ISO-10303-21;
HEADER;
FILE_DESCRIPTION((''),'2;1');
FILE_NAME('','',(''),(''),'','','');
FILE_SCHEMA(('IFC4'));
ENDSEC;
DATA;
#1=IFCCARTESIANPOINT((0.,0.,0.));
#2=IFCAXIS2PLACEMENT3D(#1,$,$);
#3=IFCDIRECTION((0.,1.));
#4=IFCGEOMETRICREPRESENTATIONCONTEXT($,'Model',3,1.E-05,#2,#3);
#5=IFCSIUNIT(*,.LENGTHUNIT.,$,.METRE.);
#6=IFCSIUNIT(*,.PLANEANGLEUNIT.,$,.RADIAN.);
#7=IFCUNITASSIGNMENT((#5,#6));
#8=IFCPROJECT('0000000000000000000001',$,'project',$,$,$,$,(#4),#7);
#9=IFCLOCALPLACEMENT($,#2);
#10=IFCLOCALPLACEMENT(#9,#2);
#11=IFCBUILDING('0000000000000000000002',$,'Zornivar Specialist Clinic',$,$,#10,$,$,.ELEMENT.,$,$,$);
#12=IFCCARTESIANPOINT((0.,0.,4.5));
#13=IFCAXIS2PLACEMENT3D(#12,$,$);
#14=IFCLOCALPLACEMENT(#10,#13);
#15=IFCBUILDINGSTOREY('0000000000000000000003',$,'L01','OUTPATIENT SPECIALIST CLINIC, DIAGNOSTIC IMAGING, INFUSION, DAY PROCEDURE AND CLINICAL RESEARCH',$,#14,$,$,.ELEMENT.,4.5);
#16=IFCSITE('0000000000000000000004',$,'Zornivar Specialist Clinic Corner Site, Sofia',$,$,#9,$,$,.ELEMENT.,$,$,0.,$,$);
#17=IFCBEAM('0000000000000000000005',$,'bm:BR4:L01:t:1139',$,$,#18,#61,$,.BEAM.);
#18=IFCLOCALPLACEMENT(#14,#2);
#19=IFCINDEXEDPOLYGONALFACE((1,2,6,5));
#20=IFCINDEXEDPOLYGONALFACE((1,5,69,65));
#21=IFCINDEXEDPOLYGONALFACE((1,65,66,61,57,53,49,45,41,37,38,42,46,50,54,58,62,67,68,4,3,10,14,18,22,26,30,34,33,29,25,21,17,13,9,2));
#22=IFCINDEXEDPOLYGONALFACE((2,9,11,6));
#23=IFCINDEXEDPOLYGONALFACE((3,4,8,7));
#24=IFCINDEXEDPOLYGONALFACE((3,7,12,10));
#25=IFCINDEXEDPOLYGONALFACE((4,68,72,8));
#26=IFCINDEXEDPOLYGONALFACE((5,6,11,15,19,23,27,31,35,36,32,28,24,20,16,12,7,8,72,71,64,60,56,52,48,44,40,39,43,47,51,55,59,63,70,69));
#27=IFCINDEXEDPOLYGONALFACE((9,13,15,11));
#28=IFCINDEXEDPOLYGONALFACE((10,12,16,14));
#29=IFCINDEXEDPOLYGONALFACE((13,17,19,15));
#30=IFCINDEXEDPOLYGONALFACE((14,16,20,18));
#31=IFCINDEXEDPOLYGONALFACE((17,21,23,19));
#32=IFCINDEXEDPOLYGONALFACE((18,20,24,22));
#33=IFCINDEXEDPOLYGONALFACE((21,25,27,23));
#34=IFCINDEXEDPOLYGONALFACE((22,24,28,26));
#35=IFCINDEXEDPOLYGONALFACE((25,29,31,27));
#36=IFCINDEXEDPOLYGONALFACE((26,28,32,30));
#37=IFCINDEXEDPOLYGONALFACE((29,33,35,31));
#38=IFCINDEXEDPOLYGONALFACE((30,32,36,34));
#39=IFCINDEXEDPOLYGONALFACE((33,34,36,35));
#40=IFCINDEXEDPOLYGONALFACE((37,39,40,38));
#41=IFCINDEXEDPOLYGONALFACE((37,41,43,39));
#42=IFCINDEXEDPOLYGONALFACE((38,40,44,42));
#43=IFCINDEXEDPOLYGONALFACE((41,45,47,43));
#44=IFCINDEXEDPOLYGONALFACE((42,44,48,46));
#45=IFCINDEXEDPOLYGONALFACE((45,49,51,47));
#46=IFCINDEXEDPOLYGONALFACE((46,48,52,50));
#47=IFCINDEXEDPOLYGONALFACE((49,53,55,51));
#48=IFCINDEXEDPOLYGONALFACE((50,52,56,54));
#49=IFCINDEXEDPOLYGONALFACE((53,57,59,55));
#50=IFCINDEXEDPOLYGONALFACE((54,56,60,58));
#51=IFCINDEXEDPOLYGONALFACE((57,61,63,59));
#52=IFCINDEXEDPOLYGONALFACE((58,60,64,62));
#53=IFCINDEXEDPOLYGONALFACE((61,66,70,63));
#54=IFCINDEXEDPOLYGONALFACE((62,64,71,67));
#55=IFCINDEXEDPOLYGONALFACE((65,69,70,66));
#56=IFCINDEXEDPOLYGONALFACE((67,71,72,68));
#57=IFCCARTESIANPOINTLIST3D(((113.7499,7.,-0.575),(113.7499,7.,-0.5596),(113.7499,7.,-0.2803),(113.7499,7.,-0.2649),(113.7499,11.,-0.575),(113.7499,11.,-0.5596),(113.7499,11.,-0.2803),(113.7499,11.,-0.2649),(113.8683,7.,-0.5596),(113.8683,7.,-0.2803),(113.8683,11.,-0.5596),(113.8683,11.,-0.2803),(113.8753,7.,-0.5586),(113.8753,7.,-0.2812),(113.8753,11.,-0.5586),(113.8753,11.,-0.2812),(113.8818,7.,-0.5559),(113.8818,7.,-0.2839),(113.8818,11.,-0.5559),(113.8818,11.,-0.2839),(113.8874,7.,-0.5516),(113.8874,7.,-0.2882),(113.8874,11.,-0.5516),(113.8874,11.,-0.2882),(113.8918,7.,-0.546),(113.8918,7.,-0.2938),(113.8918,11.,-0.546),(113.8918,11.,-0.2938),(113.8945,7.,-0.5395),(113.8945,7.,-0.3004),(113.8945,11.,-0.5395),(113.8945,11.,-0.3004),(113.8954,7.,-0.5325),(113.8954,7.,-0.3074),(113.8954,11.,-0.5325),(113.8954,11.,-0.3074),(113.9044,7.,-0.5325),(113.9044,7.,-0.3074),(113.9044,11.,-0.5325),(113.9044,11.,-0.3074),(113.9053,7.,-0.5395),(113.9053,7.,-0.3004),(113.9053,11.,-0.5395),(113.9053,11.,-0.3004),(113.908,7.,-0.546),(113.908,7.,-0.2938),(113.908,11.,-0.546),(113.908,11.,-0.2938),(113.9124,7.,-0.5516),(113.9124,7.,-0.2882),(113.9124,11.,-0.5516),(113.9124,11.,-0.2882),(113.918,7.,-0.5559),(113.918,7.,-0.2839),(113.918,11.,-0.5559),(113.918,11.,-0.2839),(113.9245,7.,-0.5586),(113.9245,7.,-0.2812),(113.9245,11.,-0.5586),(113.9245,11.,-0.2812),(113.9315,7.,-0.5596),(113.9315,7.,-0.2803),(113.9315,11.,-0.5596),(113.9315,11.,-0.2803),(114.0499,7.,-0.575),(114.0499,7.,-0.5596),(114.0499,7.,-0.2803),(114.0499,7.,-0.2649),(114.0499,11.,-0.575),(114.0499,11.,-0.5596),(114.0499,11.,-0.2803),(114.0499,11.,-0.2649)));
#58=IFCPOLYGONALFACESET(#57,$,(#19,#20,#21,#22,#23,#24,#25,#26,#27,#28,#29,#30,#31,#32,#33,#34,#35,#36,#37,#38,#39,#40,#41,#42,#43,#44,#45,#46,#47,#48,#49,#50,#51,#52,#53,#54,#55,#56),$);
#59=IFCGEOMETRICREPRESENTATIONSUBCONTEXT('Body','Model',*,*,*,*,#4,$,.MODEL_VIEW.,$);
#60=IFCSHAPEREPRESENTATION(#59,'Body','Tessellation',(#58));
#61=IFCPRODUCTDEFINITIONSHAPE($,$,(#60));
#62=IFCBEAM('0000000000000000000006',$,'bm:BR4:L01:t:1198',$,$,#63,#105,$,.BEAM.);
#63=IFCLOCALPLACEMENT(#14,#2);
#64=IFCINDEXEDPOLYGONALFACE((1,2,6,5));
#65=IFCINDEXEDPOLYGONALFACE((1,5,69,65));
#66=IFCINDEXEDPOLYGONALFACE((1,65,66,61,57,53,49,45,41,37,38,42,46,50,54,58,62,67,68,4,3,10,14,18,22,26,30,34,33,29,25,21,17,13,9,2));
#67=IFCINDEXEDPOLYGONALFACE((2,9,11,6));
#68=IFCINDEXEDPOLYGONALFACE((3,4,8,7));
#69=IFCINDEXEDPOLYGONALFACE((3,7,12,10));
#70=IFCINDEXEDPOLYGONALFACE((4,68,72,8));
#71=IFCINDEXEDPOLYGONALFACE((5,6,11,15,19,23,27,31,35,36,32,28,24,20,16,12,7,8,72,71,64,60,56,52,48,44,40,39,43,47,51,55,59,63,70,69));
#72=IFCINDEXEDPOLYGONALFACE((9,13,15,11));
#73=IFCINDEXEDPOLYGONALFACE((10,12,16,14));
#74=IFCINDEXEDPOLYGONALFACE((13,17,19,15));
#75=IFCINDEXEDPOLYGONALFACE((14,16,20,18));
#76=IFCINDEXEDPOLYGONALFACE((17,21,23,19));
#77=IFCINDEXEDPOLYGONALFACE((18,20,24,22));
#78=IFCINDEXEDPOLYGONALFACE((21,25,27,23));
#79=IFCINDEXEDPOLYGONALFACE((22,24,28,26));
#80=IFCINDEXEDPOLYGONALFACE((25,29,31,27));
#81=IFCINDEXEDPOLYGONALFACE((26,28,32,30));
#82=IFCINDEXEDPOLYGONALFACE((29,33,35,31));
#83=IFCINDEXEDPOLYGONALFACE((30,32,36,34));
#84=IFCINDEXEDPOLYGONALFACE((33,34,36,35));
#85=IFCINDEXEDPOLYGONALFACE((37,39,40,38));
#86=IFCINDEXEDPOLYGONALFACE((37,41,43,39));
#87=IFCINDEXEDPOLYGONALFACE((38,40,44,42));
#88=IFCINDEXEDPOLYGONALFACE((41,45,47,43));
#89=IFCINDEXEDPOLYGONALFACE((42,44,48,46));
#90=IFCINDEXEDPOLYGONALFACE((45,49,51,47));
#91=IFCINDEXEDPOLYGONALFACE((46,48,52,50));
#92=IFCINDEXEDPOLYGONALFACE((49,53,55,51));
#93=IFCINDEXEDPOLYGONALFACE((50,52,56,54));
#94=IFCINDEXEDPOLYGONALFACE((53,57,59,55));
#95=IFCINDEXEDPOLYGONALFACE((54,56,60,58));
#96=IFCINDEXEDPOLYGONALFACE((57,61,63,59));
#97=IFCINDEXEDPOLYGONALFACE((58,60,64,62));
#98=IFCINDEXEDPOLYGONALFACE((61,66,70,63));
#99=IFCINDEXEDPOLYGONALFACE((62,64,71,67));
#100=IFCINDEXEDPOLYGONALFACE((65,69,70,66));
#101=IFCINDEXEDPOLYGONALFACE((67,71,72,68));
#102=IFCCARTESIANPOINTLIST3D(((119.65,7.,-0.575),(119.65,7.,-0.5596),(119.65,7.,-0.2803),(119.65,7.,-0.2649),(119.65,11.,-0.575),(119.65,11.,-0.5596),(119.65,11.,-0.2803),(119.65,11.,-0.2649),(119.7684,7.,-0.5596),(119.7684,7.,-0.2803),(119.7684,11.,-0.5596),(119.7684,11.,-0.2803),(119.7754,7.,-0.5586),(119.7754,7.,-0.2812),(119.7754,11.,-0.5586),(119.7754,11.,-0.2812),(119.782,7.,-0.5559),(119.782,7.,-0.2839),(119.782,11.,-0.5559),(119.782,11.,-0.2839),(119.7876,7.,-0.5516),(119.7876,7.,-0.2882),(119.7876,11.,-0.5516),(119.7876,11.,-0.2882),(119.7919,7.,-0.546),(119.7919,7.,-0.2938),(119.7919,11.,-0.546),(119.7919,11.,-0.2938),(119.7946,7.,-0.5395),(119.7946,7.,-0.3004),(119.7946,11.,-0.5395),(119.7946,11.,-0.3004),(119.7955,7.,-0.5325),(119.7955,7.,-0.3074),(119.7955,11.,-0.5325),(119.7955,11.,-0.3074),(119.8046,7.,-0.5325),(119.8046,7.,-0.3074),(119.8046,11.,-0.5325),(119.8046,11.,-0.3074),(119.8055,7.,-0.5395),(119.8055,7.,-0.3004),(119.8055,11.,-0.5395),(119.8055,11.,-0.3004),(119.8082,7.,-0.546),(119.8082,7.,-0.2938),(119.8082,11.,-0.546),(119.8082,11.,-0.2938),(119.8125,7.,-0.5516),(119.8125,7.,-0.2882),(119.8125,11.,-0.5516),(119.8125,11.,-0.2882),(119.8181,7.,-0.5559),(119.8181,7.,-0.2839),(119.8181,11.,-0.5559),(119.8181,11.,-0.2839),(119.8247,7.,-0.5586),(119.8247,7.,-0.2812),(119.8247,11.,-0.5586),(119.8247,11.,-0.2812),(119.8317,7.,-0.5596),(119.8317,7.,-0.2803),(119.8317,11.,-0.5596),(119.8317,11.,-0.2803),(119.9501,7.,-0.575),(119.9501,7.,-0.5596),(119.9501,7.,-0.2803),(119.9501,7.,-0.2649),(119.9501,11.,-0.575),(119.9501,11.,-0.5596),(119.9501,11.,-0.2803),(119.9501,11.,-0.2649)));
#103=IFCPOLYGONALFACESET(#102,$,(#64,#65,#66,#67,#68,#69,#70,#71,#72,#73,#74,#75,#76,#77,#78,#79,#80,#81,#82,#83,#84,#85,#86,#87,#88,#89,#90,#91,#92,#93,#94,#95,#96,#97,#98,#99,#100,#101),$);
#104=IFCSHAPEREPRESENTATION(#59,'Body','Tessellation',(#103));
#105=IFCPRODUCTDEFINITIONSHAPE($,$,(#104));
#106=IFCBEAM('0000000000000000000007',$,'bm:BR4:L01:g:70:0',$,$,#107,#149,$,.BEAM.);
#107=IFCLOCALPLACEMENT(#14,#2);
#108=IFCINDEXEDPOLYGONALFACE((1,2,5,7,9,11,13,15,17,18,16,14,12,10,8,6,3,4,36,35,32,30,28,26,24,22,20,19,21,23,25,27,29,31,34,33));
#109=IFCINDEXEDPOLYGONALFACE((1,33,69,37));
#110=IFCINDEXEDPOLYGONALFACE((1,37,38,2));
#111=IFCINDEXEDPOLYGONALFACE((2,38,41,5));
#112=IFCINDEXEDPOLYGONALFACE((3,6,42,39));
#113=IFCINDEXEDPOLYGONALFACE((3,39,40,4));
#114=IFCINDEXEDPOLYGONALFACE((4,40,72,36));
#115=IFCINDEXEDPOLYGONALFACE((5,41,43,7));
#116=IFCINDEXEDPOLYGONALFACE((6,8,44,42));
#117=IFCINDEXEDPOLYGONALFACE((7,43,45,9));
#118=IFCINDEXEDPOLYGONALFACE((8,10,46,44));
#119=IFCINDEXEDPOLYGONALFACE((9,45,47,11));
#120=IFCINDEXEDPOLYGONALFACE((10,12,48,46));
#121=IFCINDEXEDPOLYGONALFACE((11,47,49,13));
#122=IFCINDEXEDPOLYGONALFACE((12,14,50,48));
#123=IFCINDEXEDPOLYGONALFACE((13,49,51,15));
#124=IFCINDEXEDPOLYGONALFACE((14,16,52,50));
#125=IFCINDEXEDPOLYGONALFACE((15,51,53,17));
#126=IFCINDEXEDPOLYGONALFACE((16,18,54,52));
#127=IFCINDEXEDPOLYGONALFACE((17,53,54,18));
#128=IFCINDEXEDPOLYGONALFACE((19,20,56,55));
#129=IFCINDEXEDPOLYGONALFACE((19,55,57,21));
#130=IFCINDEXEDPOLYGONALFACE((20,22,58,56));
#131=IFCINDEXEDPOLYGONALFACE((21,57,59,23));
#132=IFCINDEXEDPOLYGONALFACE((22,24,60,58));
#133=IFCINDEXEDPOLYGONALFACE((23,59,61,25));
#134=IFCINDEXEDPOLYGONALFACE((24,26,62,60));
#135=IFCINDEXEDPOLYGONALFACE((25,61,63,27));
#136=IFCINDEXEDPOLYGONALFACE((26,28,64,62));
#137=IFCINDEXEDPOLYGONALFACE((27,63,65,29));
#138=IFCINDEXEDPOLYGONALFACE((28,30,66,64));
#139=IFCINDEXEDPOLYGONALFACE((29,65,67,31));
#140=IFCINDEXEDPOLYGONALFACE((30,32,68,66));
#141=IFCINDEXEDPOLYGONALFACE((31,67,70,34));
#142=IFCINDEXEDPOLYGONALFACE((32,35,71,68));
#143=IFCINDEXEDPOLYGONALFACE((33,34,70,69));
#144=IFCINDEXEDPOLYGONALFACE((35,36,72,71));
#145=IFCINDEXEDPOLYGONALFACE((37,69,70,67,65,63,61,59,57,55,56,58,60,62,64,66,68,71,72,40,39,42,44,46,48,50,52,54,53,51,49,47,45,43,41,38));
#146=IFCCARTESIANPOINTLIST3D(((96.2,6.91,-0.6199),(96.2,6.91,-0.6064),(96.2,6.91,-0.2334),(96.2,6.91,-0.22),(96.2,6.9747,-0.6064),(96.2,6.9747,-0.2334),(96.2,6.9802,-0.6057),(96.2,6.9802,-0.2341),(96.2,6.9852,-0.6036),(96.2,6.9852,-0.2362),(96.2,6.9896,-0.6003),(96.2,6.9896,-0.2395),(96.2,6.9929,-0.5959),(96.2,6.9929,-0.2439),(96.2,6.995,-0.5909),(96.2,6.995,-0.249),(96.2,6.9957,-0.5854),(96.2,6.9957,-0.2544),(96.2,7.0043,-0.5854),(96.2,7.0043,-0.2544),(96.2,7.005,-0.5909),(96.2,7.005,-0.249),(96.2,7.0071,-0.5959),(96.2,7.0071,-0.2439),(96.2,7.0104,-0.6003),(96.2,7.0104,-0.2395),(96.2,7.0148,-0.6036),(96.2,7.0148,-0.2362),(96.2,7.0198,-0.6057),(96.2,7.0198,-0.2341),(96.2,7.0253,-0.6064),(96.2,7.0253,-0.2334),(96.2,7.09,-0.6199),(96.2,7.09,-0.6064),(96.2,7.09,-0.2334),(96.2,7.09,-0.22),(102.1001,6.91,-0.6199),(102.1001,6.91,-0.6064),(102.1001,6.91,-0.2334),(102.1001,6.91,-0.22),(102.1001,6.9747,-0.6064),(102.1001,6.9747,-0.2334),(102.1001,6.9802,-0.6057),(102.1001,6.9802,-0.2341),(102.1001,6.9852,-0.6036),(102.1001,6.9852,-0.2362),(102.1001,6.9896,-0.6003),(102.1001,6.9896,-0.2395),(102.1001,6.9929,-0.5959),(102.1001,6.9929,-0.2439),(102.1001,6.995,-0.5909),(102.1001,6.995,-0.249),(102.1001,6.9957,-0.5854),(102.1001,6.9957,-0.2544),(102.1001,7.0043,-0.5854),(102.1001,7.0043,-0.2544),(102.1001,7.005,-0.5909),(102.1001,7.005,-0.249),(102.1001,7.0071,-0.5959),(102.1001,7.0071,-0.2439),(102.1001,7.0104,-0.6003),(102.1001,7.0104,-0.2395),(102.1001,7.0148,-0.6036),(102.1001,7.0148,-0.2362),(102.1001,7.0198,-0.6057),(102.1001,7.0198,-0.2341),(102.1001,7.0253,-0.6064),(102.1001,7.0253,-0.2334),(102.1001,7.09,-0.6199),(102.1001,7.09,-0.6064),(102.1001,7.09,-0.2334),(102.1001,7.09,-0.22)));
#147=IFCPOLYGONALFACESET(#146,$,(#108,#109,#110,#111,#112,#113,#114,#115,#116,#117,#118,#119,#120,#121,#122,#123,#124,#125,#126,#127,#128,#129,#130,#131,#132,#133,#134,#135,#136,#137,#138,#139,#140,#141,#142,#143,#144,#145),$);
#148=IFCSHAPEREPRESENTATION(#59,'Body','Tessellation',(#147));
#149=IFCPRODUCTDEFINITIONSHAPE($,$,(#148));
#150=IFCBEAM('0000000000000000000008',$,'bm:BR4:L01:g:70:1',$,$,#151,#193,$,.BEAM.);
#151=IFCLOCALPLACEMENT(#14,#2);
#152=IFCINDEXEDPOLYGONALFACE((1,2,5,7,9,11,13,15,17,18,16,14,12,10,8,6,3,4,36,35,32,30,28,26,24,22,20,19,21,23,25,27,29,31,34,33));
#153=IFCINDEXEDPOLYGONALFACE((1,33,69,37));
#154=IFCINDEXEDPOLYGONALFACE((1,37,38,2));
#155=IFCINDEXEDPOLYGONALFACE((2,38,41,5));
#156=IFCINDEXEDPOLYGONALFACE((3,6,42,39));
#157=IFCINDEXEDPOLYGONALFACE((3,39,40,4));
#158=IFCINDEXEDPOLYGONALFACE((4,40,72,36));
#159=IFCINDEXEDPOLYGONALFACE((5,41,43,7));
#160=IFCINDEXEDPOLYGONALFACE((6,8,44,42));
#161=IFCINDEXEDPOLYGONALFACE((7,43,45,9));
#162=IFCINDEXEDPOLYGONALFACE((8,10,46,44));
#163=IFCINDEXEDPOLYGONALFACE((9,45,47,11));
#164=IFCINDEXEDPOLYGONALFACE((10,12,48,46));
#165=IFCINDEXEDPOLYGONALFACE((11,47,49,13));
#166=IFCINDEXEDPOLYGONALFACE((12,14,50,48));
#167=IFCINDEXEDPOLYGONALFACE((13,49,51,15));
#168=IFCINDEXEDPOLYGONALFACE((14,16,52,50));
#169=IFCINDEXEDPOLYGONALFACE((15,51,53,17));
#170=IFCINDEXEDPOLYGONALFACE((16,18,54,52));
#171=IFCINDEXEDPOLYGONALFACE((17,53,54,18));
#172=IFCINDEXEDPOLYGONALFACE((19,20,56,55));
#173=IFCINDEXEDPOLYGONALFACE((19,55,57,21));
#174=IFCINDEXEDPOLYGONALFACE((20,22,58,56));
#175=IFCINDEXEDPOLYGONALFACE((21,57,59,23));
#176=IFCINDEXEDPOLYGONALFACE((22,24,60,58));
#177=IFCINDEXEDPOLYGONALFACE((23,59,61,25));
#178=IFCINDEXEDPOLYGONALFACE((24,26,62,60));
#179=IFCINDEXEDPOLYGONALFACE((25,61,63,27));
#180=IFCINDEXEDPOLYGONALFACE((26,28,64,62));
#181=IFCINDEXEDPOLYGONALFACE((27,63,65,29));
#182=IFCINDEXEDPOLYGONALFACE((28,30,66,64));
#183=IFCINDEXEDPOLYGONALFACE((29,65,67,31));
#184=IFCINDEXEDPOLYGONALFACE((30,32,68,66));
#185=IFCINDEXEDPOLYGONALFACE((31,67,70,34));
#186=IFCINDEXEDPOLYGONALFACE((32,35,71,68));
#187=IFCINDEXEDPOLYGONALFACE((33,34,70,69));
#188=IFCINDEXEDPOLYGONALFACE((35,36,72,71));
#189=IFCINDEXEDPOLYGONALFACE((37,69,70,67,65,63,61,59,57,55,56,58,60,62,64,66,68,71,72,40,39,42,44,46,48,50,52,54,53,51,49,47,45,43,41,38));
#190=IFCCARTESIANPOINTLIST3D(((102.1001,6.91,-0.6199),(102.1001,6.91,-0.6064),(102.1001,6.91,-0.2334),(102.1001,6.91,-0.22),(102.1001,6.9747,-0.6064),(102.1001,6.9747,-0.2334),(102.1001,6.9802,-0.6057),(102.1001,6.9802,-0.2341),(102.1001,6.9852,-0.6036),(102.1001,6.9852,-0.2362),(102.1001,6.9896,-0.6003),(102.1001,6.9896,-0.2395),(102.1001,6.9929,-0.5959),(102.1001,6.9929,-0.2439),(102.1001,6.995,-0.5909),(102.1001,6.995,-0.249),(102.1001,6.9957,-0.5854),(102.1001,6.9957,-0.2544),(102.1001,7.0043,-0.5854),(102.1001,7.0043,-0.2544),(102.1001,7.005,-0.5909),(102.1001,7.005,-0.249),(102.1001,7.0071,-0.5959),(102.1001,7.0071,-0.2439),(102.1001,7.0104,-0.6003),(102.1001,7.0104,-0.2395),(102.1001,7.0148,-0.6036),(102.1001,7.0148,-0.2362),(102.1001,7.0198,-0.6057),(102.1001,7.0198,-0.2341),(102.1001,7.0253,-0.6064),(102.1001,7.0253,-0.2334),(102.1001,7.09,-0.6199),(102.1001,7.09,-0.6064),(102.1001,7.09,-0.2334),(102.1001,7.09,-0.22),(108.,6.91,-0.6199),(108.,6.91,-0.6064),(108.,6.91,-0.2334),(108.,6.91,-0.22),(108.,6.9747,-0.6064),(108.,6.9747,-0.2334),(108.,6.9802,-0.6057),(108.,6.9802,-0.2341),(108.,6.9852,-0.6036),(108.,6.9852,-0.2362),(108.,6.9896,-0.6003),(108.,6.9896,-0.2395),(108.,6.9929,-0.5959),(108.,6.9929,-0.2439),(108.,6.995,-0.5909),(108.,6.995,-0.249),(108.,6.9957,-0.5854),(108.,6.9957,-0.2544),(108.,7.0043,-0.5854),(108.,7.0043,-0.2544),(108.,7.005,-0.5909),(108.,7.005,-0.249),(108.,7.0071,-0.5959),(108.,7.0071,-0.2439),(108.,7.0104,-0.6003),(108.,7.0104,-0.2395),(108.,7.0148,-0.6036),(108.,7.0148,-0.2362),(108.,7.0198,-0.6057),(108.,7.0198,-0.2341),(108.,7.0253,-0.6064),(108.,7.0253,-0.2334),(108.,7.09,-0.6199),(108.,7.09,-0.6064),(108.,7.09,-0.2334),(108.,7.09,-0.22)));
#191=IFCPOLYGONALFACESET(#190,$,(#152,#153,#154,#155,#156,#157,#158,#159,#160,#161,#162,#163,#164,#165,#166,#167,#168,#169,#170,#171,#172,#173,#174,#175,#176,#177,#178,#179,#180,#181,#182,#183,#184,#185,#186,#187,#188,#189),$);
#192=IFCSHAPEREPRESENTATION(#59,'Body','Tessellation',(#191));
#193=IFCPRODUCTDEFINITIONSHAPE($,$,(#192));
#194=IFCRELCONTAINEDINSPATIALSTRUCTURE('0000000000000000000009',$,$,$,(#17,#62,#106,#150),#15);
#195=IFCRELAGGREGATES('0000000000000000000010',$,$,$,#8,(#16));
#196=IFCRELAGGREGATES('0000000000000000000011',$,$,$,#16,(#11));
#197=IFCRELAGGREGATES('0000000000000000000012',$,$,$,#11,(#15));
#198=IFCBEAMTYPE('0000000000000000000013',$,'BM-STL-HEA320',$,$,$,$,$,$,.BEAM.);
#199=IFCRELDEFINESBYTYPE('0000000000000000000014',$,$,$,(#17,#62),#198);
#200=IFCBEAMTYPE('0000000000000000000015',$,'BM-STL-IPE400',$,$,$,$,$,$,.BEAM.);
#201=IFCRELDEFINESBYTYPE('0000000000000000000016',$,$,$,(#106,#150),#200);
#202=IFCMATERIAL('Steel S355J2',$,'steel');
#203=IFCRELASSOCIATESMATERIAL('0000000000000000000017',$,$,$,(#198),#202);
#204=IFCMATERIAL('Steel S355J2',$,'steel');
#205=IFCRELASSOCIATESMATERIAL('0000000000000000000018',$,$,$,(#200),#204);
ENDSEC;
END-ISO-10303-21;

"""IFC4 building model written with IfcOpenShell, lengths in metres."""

from ifc_helpers import new_model, si_unit, direction, frame, origin, origin_2d, place, context, subcontext, project, spatial, i_section, extrude, material, material_profile, profile_set, type_object, element, save


model = new_model("IFC4")

# Units and contexts
model_context = context("Model", 3, precision=1e-05, world=origin(), true_north=direction((0.0, 1.0)))
body_context = subcontext(model_context, "Body", "Model", "MODEL_VIEW")
ifc_project = project(units=[si_unit("LENGTHUNIT", "METRE"), si_unit("PLANEANGLEUNIT", "RADIAN")], contexts=[model_context])

# Site, building, storey
site_placement = place(None, origin())
site = spatial("IfcSite", under=ifc_project, at=site_placement, Name="Zornivar Specialist Clinic Corner Site, Sofia", CompositionType="ELEMENT", RefElevation=0.0)
building_placement = place(site_placement, origin())
building = spatial("IfcBuilding", under=site, at=building_placement, Name="Zornivar Specialist Clinic", CompositionType="ELEMENT")
storey_placement = place(building_placement, frame((0.0, 0.0, 4.5)))
storey = spatial("IfcBuildingStorey", under=building, at=storey_placement, Name="L01", Description="OUTPATIENT SPECIALIST CLINIC, DIAGNOSTIC IMAGING, INFUSION, DAY PROCEDURE AND CLINICAL RESEARCH", CompositionType="ELEMENT", Elevation=4.5)

# Beams
ifc_material_1 = material(Name="Steel S355J2", Category="steel")
ifc_material_profile_1 = material_profile(ifc_material_1, i_section(OverallWidth=0.3, OverallDepth=0.3101, WebThickness=0.009, FlangeThickness=0.0154, FilletRadius=0.0271, at=origin_2d()), Name="HEA 320")
ifc_profile_set_1 = profile_set([ifc_material_profile_1], Name="Steel S355J2")
beam_type_1 = type_object("IfcBeamType", Name="BM-STL-HEA320", PredefinedType="BEAM", material=ifc_profile_set_1)
for number, where, z_axis, x_axis, name in (
    (1, (113.8999, 7.0, -0.4199), (0.0, 1.0, 0.0), (-1.0, 0.0, 0.0), "bm:BR4:L01:t:1139"),
    (2, (119.8, 7.0, -0.4199), (0.0, 1.0, 0.0), (-1.0, 0.0, 0.0), "bm:BR4:L01:t:1198"),
):
    element("IfcBeam", number, at=place(storey_placement, frame(where, z_axis=z_axis, x_axis=x_axis)), inside=storey, type_object=beam_type_1, Name=name, PredefinedType="BEAM", context=body_context, shape_type="SweptSolid", body=[
        extrude(i_section(OverallWidth=0.3, OverallDepth=0.3101, WebThickness=0.009, FlangeThickness=0.0154, FilletRadius=0.0271, at=origin_2d()), origin(), (0.0, 0.0, 1.0), 4.0),
    ])
ifc_material_2 = material(Name="Steel S355J2", Category="steel")
ifc_material_profile_2 = material_profile(ifc_material_2, i_section(OverallWidth=0.1799, OverallDepth=0.3999, WebThickness=0.0085, FlangeThickness=0.0134, FilletRadius=0.021, at=origin_2d()), Name="IPE 400")
ifc_profile_set_2 = profile_set([ifc_material_profile_2], Name="Steel S355J2")
beam_type_2 = type_object("IfcBeamType", Name="BM-STL-IPE400", PredefinedType="BEAM", material=ifc_profile_set_2)
beam_1_placement = place(storey_placement, frame((96.2, 7.0, -0.4199), z_axis=(1.0, 0.0, 0.0), x_axis=(0.0, 1.0, 0.0)))
element("IfcBeam", 3, at=beam_1_placement, inside=storey, type_object=beam_type_2, Name="bm:BR4:L01:g:70:0", PredefinedType="BEAM", context=body_context, shape_type="SweptSolid", body=[
    extrude(i_section(OverallWidth=0.1799, OverallDepth=0.3999, WebThickness=0.0085, FlangeThickness=0.0134, FilletRadius=0.021, at=origin_2d()), origin(), (0.0, 0.0, 1.0), 5.9001),
])
for number, where, z_axis, x_axis, name in (
    (4, (102.1001, 7.0, -0.4199), (1.0, 0.0, 0.0), (0.0, 1.0, 0.0), "bm:BR4:L01:g:70:1"),
):
    element("IfcBeam", number, at=place(storey_placement, frame(where, z_axis=z_axis, x_axis=x_axis)), inside=storey, type_object=beam_type_2, Name=name, PredefinedType="BEAM", context=body_context, shape_type="SweptSolid", body=[
        extrude(i_section(OverallWidth=0.1799, OverallDepth=0.3999, WebThickness=0.0085, FlangeThickness=0.0134, FilletRadius=0.021, at=origin_2d()), origin(), (0.0, 0.0, 1.0), 5.8999),
    ])

save(model, "model.ifc")
